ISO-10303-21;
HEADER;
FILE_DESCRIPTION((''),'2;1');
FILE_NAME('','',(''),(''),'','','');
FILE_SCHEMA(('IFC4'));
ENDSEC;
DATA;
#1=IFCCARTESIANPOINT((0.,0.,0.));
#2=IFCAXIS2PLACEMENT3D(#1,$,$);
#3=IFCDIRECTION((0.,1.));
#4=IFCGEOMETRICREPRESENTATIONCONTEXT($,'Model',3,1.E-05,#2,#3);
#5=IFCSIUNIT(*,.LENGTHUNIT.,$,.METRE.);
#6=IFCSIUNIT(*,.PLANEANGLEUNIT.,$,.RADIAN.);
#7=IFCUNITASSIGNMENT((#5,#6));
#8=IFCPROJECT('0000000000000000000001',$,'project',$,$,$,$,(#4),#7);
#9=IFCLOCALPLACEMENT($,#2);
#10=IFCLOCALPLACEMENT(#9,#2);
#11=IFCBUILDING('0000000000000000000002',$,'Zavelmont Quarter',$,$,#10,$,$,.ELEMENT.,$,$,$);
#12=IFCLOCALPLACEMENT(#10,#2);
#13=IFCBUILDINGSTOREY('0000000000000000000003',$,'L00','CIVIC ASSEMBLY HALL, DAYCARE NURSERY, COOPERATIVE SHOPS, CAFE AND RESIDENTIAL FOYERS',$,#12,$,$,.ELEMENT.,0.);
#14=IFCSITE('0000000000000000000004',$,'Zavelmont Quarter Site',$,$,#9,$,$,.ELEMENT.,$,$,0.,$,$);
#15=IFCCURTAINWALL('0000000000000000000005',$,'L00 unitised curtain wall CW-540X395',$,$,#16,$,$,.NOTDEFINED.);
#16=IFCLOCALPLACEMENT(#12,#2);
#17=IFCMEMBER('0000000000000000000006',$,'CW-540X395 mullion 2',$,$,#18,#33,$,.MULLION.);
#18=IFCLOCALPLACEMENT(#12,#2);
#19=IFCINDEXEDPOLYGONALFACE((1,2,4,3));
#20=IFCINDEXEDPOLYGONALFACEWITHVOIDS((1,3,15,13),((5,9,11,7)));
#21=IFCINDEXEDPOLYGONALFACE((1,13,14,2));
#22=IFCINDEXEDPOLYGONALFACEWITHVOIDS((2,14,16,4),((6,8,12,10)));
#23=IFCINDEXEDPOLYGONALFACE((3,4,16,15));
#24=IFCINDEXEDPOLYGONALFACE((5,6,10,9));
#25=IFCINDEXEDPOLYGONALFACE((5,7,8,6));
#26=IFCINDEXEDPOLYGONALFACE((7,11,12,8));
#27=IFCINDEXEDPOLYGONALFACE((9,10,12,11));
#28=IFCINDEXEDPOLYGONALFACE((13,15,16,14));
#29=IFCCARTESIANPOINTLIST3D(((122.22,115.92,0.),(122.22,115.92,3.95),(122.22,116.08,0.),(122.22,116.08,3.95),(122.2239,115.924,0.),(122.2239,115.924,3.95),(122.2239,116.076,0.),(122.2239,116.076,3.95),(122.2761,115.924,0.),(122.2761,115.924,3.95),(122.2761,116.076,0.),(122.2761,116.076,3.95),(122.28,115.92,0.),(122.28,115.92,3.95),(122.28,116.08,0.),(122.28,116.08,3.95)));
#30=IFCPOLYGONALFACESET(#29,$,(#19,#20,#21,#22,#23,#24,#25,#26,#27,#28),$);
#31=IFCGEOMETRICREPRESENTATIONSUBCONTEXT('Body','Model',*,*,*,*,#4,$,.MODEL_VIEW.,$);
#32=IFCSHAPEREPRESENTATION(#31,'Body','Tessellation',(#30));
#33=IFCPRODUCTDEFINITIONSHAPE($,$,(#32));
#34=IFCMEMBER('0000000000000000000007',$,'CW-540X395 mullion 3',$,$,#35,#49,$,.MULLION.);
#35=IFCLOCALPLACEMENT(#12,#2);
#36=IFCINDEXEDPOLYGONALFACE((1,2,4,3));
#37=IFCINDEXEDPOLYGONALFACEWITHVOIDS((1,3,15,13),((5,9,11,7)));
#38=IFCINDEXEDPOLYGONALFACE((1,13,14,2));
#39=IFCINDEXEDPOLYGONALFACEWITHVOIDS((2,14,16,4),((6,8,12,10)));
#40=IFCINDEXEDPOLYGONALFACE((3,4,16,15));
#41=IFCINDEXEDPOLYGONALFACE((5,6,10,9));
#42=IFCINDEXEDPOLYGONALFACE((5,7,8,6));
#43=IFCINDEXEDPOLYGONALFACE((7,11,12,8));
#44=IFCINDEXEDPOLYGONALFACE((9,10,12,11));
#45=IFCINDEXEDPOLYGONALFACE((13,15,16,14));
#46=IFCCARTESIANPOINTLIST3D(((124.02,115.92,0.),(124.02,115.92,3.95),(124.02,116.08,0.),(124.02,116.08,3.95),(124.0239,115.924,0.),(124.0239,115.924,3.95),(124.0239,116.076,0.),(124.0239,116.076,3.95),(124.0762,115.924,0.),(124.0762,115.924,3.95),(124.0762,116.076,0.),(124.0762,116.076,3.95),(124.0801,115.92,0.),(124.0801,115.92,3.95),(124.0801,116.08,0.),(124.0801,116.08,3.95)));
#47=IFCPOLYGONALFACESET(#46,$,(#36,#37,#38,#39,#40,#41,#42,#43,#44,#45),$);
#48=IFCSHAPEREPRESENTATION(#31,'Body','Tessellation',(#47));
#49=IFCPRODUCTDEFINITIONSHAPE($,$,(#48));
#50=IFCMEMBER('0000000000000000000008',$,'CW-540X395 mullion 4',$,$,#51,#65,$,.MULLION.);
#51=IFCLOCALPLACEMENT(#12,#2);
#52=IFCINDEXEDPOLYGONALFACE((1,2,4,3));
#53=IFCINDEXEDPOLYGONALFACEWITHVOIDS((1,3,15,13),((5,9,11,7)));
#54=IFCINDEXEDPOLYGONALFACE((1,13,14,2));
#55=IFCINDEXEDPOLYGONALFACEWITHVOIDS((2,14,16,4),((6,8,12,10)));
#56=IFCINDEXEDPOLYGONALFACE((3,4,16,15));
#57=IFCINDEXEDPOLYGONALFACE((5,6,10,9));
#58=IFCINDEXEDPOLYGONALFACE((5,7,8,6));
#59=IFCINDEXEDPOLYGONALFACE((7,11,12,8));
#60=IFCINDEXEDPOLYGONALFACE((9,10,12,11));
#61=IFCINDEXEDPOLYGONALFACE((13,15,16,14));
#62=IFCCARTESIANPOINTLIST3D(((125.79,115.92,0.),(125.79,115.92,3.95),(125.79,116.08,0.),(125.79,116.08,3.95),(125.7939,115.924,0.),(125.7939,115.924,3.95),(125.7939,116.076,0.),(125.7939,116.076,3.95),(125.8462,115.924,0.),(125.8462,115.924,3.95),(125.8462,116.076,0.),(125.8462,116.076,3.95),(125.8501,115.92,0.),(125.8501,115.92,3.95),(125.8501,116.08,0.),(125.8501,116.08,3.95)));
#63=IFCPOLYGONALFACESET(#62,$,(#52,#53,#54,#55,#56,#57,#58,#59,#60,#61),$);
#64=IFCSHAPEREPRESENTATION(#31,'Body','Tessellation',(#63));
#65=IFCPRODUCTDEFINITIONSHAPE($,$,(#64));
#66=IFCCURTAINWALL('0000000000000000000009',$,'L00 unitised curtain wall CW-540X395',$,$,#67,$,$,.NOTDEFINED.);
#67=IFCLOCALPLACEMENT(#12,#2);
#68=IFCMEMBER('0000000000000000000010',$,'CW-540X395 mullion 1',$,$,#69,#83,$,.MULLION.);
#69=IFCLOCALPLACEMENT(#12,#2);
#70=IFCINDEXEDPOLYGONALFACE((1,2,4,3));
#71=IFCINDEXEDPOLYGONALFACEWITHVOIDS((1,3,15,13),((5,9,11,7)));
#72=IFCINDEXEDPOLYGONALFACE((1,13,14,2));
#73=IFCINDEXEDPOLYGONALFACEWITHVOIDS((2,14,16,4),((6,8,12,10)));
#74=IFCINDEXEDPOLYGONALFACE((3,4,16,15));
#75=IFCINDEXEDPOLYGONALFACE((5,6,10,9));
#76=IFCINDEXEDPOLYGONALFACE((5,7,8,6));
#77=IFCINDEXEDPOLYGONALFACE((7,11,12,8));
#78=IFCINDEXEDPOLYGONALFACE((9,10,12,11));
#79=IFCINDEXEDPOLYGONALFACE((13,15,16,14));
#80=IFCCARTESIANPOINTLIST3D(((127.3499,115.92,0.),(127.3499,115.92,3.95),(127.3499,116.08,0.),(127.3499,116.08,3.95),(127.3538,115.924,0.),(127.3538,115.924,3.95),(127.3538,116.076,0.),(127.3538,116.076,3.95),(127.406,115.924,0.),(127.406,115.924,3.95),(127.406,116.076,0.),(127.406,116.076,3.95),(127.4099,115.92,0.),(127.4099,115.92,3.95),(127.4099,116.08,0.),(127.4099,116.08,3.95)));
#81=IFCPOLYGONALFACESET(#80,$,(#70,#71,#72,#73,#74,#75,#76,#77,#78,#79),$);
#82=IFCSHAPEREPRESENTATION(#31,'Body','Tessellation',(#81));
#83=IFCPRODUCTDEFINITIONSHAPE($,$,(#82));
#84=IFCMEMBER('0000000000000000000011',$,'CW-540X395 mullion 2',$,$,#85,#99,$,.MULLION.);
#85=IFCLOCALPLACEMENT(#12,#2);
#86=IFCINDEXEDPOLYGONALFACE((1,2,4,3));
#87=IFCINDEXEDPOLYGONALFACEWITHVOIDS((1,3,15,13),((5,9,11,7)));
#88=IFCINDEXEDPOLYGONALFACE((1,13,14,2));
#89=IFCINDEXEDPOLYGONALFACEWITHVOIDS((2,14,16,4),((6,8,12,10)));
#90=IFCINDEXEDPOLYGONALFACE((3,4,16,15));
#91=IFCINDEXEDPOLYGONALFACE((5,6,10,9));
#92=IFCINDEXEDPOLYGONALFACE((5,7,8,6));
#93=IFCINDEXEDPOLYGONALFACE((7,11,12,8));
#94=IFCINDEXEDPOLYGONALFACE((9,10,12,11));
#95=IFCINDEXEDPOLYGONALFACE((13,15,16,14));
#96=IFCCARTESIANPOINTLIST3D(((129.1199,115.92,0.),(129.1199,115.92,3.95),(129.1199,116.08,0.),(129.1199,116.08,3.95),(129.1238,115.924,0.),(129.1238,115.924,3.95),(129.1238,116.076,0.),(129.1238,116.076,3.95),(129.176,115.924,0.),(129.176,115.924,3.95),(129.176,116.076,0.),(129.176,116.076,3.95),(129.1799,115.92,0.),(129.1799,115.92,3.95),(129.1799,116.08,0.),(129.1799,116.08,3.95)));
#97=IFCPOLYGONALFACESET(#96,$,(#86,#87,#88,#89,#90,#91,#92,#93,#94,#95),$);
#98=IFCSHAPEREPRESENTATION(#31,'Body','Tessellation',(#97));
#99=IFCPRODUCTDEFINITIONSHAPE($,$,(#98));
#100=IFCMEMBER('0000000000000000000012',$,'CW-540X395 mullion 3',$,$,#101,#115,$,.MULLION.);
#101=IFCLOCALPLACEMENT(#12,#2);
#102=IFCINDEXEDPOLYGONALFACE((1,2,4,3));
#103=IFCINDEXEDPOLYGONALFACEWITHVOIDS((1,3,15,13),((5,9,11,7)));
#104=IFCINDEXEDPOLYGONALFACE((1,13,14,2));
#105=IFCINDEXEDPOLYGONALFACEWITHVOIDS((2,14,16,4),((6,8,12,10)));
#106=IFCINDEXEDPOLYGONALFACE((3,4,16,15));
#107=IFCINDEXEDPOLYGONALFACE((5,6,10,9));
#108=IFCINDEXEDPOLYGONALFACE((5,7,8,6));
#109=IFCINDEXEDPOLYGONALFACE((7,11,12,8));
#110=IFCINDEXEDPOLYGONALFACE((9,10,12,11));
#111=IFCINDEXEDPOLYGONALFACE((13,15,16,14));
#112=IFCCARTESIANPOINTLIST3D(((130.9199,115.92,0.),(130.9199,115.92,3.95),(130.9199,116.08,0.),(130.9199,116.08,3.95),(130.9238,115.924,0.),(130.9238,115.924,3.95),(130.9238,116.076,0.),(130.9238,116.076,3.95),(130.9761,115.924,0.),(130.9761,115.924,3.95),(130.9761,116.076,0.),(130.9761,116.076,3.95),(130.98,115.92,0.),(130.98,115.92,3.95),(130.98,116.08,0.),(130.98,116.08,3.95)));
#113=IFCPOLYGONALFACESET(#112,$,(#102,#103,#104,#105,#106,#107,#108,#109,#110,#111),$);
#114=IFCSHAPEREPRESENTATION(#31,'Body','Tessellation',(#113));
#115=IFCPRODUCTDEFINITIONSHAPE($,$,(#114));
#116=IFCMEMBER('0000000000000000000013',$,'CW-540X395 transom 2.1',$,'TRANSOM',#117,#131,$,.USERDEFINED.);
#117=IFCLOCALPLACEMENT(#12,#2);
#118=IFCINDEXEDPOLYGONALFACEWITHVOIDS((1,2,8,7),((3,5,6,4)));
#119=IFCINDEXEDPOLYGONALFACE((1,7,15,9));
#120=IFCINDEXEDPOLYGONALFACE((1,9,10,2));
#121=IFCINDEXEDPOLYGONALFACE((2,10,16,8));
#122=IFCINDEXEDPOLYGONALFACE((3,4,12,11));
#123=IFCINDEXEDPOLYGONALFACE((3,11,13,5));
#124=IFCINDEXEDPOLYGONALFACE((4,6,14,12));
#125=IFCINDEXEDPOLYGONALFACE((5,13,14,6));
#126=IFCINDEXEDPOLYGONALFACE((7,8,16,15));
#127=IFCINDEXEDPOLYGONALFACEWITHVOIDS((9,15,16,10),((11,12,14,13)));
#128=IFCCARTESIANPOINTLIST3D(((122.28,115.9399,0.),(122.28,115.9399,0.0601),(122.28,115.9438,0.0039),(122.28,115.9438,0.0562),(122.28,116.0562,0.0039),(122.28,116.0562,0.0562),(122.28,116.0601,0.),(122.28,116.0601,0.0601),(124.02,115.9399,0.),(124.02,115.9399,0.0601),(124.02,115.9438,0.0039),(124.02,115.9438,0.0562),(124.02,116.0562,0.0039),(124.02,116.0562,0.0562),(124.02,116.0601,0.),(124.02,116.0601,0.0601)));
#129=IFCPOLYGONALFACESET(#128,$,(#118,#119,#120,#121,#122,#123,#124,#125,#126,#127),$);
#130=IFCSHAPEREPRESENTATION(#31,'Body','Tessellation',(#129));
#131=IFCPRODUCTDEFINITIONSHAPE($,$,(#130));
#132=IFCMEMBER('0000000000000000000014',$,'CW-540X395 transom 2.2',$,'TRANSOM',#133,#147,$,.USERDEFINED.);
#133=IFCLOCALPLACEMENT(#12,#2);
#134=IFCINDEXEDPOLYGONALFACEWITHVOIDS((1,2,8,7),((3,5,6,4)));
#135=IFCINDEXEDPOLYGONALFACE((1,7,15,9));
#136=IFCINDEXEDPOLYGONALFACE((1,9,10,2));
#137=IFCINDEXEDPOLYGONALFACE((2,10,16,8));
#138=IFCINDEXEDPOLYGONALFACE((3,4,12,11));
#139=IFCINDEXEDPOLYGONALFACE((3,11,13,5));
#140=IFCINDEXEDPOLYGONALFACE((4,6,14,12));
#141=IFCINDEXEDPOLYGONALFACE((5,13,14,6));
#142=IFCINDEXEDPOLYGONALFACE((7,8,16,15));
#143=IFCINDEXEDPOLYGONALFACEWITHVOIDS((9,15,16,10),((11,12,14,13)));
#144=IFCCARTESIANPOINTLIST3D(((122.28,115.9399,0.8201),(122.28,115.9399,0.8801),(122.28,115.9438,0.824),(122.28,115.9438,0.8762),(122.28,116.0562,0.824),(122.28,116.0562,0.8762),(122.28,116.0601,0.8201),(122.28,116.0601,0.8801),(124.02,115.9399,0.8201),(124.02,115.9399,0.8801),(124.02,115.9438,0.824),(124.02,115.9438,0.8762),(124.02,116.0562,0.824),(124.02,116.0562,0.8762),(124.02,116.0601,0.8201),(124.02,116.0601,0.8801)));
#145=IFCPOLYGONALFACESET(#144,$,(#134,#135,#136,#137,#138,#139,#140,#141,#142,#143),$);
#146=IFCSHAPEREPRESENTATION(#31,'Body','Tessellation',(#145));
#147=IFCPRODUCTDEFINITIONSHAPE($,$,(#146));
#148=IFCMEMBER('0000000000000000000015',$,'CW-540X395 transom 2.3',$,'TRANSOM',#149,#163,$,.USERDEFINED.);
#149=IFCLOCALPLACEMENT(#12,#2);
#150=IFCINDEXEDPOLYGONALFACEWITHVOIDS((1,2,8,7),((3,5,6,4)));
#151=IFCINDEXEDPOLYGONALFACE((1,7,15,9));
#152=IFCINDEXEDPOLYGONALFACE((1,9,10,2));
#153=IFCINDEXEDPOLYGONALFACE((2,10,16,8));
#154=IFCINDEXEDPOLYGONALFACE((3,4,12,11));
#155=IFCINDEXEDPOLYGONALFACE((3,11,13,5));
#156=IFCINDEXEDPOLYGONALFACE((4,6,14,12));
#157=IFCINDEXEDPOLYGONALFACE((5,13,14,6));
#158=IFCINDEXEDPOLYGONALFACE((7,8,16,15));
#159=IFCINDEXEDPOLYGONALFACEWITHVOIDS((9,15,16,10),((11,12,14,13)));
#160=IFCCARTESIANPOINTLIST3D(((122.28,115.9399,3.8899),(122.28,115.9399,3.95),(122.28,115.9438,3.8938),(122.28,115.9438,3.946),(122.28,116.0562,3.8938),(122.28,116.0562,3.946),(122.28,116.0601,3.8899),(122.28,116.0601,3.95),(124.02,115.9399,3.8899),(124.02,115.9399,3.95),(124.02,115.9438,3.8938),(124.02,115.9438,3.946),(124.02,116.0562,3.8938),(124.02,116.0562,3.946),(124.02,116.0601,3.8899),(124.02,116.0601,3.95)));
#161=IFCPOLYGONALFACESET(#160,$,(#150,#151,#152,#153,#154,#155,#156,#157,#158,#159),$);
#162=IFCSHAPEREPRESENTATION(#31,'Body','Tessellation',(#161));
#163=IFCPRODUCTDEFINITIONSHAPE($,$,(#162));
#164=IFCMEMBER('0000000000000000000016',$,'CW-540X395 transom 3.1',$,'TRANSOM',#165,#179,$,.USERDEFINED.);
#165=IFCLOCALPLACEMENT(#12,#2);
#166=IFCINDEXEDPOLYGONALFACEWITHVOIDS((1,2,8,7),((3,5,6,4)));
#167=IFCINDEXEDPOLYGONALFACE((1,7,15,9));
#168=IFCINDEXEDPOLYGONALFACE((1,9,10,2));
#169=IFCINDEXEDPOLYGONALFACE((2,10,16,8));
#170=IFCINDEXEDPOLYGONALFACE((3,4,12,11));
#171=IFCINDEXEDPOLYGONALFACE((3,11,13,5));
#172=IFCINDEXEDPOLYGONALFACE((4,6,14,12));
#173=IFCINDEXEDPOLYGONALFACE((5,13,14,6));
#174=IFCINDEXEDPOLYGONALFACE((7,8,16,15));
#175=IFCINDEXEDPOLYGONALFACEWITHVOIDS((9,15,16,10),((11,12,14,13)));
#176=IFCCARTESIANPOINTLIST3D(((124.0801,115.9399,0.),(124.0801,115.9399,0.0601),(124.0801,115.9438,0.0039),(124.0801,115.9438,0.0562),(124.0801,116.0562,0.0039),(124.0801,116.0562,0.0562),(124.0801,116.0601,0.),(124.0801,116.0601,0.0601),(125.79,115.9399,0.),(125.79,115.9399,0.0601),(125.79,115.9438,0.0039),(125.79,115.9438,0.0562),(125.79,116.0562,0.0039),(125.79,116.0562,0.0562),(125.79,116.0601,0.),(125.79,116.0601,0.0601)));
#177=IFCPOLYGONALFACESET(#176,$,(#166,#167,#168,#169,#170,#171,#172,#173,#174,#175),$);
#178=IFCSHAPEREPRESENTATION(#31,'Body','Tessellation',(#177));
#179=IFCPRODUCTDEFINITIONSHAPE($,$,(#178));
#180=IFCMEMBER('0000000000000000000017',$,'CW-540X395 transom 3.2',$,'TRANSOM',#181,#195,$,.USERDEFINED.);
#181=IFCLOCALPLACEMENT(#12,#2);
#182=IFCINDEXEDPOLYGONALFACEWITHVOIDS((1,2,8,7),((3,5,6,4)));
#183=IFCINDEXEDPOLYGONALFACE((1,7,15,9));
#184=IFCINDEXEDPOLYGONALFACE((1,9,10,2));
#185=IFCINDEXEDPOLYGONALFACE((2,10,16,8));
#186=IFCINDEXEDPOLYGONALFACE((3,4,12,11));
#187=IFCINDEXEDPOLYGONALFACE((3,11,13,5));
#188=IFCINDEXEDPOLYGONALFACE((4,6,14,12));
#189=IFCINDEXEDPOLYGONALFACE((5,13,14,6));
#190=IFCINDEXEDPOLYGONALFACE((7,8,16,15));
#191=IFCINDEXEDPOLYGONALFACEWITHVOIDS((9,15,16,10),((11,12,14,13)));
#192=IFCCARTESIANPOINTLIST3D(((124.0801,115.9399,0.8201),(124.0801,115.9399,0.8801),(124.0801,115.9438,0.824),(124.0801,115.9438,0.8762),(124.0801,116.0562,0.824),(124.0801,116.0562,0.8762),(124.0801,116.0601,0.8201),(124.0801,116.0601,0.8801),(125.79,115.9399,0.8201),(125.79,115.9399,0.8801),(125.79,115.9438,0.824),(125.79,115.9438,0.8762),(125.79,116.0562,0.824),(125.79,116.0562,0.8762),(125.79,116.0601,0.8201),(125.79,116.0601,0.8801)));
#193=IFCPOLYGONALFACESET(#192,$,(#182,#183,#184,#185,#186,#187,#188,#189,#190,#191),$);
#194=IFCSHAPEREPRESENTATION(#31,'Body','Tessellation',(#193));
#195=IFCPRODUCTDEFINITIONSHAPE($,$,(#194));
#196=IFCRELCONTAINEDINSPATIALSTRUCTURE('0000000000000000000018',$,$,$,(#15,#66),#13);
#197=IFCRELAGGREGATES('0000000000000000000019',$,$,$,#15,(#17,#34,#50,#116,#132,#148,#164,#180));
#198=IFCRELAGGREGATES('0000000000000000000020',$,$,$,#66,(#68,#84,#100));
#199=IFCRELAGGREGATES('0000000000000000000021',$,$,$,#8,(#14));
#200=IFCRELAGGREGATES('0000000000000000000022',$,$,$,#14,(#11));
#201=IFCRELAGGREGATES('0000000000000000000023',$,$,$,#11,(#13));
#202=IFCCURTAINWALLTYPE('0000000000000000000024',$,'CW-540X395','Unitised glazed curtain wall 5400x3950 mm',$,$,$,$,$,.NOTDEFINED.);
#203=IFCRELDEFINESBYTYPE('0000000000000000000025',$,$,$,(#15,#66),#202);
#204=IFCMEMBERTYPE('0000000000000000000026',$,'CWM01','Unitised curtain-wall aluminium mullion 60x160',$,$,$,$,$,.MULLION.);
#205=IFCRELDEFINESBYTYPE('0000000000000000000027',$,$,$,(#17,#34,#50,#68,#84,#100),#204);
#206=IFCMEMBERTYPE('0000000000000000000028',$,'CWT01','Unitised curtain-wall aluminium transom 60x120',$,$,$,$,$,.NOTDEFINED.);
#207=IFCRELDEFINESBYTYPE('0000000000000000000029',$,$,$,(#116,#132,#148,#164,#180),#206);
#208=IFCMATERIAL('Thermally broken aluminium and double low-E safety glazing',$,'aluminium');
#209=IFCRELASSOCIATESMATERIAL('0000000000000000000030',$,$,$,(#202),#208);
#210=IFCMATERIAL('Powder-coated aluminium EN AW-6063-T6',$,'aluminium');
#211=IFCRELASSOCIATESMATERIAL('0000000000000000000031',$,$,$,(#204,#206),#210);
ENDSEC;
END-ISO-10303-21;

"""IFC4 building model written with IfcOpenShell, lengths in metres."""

from ifc_helpers import new_model, si_unit, direction, frame, origin, origin_2d, place, context, subcontext, project, spatial, hollow_rectangle, extrude, material, material_profile, profile_set, type_object, element, aggregate, save


model = new_model("IFC4")

# Units and contexts
model_context = context("Model", 3, precision=1e-05, world=origin(), true_north=direction((0.0, 1.0)))
body_context = subcontext(model_context, "Body", "Model", "MODEL_VIEW")
ifc_project = project(units=[si_unit("LENGTHUNIT", "METRE"), si_unit("PLANEANGLEUNIT", "RADIAN")], contexts=[model_context])

# Site, building, storey
site_placement = place(None, origin())
site = spatial("IfcSite", under=ifc_project, at=site_placement, Name="Zavelmont Quarter Site", CompositionType="ELEMENT", RefElevation=0.0)
building_placement = place(site_placement, origin())
building = spatial("IfcBuilding", under=site, at=building_placement, Name="Zavelmont Quarter", CompositionType="ELEMENT")
storey_placement = place(building_placement, origin())
storey = spatial("IfcBuildingStorey", under=building, at=storey_placement, Name="L00", Description="CIVIC ASSEMBLY HALL, DAYCARE NURSERY, COOPERATIVE SHOPS, CAFE AND RESIDENTIAL FOYERS", CompositionType="ELEMENT", Elevation=0.0)

# Curtain walls, members
ifc_material_1 = material(Name="Thermally broken aluminium and double low-E safety glazing", Category="aluminium")
curtain_wall_type = type_object("IfcCurtainWallType", Name="CW-540X395", Description="Unitised glazed curtain wall 5400x3950 mm", PredefinedType="NOTDEFINED", material=ifc_material_1)
curtain_wall_1_placement = place(storey_placement, origin())
curtain_wall_1 = element("IfcCurtainWall", 1, at=curtain_wall_1_placement, inside=storey, type_object=curtain_wall_type, Name="L00 unitised curtain wall CW-540X395", PredefinedType="NOTDEFINED")
ifc_material_2 = material(Name="Powder-coated aluminium EN AW-6063-T6", Category="aluminium")
ifc_material_profile_1 = material_profile(ifc_material_2, hollow_rectangle(XDim=0.0601, YDim=0.1599, WallThickness=0.0039, at=origin_2d()), Name="CWM60X160")
ifc_profile_set_1 = profile_set([ifc_material_profile_1], Name="Powder-coated aluminium EN AW-6063-T6")
member_type_1 = type_object("IfcMemberType", Name="CWM01", Description="Unitised curtain-wall aluminium mullion 60x160", PredefinedType="MULLION", material=ifc_profile_set_1)
member_1_placement = place(storey_placement, frame((122.25, 116.0, 0.0), z_axis=(0.0, 0.0, 1.0), x_axis=(1.0, 0.0, 0.0)))
member_1 = element("IfcMember", 2, at=member_1_placement, type_object=member_type_1, Name="CW-540X395 mullion 2", PredefinedType="MULLION", context=body_context, shape_type="SweptSolid", body=[
    extrude(hollow_rectangle(XDim=0.0601, YDim=0.1599, WallThickness=0.0039, at=origin_2d()), origin(), (0.0, 0.0, 1.0), 3.95),
])
member_2_placement = place(storey_placement, frame((124.05, 116.0, 0.0), z_axis=(0.0, 0.0, 1.0), x_axis=(1.0, 0.0, 0.0)))
member_2 = element("IfcMember", 3, at=member_2_placement, type_object=member_type_1, Name="CW-540X395 mullion 3", PredefinedType="MULLION", context=body_context, shape_type="SweptSolid", body=[
    extrude(hollow_rectangle(XDim=0.0601, YDim=0.1599, WallThickness=0.0039, at=origin_2d()), origin(), (0.0, 0.0, 1.0), 3.95),
])
member_3_placement = place(storey_placement, frame((125.8201, 116.0, 0.0), z_axis=(0.0, 0.0, 1.0), x_axis=(1.0, 0.0, 0.0)))
member_3 = element("IfcMember", 4, at=member_3_placement, type_object=member_type_1, Name="CW-540X395 mullion 4", PredefinedType="MULLION", context=body_context, shape_type="SweptSolid", body=[
    extrude(hollow_rectangle(XDim=0.0601, YDim=0.1599, WallThickness=0.0039, at=origin_2d()), origin(), (0.0, 0.0, 1.0), 3.95),
])
curtain_wall_2_placement = place(storey_placement, origin())
curtain_wall_2 = element("IfcCurtainWall", 5, at=curtain_wall_2_placement, inside=storey, type_object=curtain_wall_type, Name="L00 unitised curtain wall CW-540X395", PredefinedType="NOTDEFINED")
member_4_placement = place(storey_placement, frame((127.3799, 116.0, 0.0), z_axis=(0.0, 0.0, 1.0), x_axis=(1.0, 0.0, 0.0)))
member_4 = element("IfcMember", 6, at=member_4_placement, type_object=member_type_1, Name="CW-540X395 mullion 1", PredefinedType="MULLION", context=body_context, shape_type="SweptSolid", body=[
    extrude(hollow_rectangle(XDim=0.0601, YDim=0.1599, WallThickness=0.0039, at=origin_2d()), origin(), (0.0, 0.0, 1.0), 3.95),
])
member_5_placement = place(storey_placement, frame((129.1499, 116.0, 0.0), z_axis=(0.0, 0.0, 1.0), x_axis=(1.0, 0.0, 0.0)))
member_5 = element("IfcMember", 7, at=member_5_placement, type_object=member_type_1, Name="CW-540X395 mullion 2", PredefinedType="MULLION", context=body_context, shape_type="SweptSolid", body=[
    extrude(hollow_rectangle(XDim=0.0601, YDim=0.1599, WallThickness=0.0039, at=origin_2d()), origin(), (0.0, 0.0, 1.0), 3.95),
])
member_6_placement = place(storey_placement, frame((130.95, 116.0, 0.0), z_axis=(0.0, 0.0, 1.0), x_axis=(1.0, 0.0, 0.0)))
member_6 = element("IfcMember", 8, at=member_6_placement, type_object=member_type_1, Name="CW-540X395 mullion 3", PredefinedType="MULLION", context=body_context, shape_type="SweptSolid", body=[
    extrude(hollow_rectangle(XDim=0.0601, YDim=0.1599, WallThickness=0.0039, at=origin_2d()), origin(), (0.0, 0.0, 1.0), 3.95),
])

# Members
ifc_material_profile_2 = material_profile(ifc_material_2, hollow_rectangle(XDim=0.1201, YDim=0.0601, WallThickness=0.0039, at=origin_2d()), Name="CWT60X120")
ifc_profile_set_2 = profile_set([ifc_material_profile_2], Name="Powder-coated aluminium EN AW-6063-T6")
member_type_2 = type_object("IfcMemberType", Name="CWT01", Description="Unitised curtain-wall aluminium transom 60x120", PredefinedType="NOTDEFINED", material=ifc_profile_set_2)
member_7_placement = place(storey_placement, frame((122.28, 116.0, 0.03), z_axis=(1.0, 0.0, 0.0), x_axis=(0.0, 1.0, 0.0)))
member_7 = element("IfcMember", 9, at=member_7_placement, type_object=member_type_2, Name="CW-540X395 transom 2.1", ObjectType="TRANSOM", PredefinedType="USERDEFINED", context=body_context, shape_type="SweptSolid", body=[
    extrude(hollow_rectangle(XDim=0.1201, YDim=0.0601, WallThickness=0.0039, at=origin_2d()), origin(), (0.0, 0.0, 1.0), 1.74),
])
member_8_placement = place(storey_placement, frame((122.28, 116.0, 0.8501), z_axis=(1.0, 0.0, 0.0), x_axis=(0.0, 1.0, 0.0)))
member_8 = element("IfcMember", 10, at=member_8_placement, type_object=member_type_2, Name="CW-540X395 transom 2.2", ObjectType="TRANSOM", PredefinedType="USERDEFINED", context=body_context, shape_type="SweptSolid", body=[
    extrude(hollow_rectangle(XDim=0.1201, YDim=0.0601, WallThickness=0.0039, at=origin_2d()), origin(), (0.0, 0.0, 1.0), 1.74),
])
member_9_placement = place(storey_placement, frame((122.28, 116.0, 3.9199), z_axis=(1.0, 0.0, 0.0), x_axis=(0.0, 1.0, 0.0)))
member_9 = element("IfcMember", 11, at=member_9_placement, type_object=member_type_2, Name="CW-540X395 transom 2.3", ObjectType="TRANSOM", PredefinedType="USERDEFINED", context=body_context, shape_type="SweptSolid", body=[
    extrude(hollow_rectangle(XDim=0.1201, YDim=0.0601, WallThickness=0.0039, at=origin_2d()), origin(), (0.0, 0.0, 1.0), 1.74),
])
member_10_placement = place(storey_placement, frame((124.0801, 116.0, 0.03), z_axis=(1.0, 0.0, 0.0), x_axis=(0.0, 1.0, 0.0)))
member_10 = element("IfcMember", 12, at=member_10_placement, type_object=member_type_2, Name="CW-540X395 transom 3.1", ObjectType="TRANSOM", PredefinedType="USERDEFINED", context=body_context, shape_type="SweptSolid", body=[
    extrude(hollow_rectangle(XDim=0.1201, YDim=0.0601, WallThickness=0.0039, at=origin_2d()), origin(), (0.0, 0.0, 1.0), 1.71),
])
member_11_placement = place(storey_placement, frame((124.0801, 116.0, 0.8501), z_axis=(1.0, 0.0, 0.0), x_axis=(0.0, 1.0, 0.0)))
member_11 = element("IfcMember", 13, at=member_11_placement, type_object=member_type_2, Name="CW-540X395 transom 3.2", ObjectType="TRANSOM", PredefinedType="USERDEFINED", context=body_context, shape_type="SweptSolid", body=[
    extrude(hollow_rectangle(XDim=0.1201, YDim=0.0601, WallThickness=0.0039, at=origin_2d()), origin(), (0.0, 0.0, 1.0), 1.71),
])

aggregate(curtain_wall_1, [member_1, member_2, member_3, member_7, member_8, member_9, member_10, member_11])
aggregate(curtain_wall_2, [member_4, member_5, member_6])

save(model, "model.ifc")
